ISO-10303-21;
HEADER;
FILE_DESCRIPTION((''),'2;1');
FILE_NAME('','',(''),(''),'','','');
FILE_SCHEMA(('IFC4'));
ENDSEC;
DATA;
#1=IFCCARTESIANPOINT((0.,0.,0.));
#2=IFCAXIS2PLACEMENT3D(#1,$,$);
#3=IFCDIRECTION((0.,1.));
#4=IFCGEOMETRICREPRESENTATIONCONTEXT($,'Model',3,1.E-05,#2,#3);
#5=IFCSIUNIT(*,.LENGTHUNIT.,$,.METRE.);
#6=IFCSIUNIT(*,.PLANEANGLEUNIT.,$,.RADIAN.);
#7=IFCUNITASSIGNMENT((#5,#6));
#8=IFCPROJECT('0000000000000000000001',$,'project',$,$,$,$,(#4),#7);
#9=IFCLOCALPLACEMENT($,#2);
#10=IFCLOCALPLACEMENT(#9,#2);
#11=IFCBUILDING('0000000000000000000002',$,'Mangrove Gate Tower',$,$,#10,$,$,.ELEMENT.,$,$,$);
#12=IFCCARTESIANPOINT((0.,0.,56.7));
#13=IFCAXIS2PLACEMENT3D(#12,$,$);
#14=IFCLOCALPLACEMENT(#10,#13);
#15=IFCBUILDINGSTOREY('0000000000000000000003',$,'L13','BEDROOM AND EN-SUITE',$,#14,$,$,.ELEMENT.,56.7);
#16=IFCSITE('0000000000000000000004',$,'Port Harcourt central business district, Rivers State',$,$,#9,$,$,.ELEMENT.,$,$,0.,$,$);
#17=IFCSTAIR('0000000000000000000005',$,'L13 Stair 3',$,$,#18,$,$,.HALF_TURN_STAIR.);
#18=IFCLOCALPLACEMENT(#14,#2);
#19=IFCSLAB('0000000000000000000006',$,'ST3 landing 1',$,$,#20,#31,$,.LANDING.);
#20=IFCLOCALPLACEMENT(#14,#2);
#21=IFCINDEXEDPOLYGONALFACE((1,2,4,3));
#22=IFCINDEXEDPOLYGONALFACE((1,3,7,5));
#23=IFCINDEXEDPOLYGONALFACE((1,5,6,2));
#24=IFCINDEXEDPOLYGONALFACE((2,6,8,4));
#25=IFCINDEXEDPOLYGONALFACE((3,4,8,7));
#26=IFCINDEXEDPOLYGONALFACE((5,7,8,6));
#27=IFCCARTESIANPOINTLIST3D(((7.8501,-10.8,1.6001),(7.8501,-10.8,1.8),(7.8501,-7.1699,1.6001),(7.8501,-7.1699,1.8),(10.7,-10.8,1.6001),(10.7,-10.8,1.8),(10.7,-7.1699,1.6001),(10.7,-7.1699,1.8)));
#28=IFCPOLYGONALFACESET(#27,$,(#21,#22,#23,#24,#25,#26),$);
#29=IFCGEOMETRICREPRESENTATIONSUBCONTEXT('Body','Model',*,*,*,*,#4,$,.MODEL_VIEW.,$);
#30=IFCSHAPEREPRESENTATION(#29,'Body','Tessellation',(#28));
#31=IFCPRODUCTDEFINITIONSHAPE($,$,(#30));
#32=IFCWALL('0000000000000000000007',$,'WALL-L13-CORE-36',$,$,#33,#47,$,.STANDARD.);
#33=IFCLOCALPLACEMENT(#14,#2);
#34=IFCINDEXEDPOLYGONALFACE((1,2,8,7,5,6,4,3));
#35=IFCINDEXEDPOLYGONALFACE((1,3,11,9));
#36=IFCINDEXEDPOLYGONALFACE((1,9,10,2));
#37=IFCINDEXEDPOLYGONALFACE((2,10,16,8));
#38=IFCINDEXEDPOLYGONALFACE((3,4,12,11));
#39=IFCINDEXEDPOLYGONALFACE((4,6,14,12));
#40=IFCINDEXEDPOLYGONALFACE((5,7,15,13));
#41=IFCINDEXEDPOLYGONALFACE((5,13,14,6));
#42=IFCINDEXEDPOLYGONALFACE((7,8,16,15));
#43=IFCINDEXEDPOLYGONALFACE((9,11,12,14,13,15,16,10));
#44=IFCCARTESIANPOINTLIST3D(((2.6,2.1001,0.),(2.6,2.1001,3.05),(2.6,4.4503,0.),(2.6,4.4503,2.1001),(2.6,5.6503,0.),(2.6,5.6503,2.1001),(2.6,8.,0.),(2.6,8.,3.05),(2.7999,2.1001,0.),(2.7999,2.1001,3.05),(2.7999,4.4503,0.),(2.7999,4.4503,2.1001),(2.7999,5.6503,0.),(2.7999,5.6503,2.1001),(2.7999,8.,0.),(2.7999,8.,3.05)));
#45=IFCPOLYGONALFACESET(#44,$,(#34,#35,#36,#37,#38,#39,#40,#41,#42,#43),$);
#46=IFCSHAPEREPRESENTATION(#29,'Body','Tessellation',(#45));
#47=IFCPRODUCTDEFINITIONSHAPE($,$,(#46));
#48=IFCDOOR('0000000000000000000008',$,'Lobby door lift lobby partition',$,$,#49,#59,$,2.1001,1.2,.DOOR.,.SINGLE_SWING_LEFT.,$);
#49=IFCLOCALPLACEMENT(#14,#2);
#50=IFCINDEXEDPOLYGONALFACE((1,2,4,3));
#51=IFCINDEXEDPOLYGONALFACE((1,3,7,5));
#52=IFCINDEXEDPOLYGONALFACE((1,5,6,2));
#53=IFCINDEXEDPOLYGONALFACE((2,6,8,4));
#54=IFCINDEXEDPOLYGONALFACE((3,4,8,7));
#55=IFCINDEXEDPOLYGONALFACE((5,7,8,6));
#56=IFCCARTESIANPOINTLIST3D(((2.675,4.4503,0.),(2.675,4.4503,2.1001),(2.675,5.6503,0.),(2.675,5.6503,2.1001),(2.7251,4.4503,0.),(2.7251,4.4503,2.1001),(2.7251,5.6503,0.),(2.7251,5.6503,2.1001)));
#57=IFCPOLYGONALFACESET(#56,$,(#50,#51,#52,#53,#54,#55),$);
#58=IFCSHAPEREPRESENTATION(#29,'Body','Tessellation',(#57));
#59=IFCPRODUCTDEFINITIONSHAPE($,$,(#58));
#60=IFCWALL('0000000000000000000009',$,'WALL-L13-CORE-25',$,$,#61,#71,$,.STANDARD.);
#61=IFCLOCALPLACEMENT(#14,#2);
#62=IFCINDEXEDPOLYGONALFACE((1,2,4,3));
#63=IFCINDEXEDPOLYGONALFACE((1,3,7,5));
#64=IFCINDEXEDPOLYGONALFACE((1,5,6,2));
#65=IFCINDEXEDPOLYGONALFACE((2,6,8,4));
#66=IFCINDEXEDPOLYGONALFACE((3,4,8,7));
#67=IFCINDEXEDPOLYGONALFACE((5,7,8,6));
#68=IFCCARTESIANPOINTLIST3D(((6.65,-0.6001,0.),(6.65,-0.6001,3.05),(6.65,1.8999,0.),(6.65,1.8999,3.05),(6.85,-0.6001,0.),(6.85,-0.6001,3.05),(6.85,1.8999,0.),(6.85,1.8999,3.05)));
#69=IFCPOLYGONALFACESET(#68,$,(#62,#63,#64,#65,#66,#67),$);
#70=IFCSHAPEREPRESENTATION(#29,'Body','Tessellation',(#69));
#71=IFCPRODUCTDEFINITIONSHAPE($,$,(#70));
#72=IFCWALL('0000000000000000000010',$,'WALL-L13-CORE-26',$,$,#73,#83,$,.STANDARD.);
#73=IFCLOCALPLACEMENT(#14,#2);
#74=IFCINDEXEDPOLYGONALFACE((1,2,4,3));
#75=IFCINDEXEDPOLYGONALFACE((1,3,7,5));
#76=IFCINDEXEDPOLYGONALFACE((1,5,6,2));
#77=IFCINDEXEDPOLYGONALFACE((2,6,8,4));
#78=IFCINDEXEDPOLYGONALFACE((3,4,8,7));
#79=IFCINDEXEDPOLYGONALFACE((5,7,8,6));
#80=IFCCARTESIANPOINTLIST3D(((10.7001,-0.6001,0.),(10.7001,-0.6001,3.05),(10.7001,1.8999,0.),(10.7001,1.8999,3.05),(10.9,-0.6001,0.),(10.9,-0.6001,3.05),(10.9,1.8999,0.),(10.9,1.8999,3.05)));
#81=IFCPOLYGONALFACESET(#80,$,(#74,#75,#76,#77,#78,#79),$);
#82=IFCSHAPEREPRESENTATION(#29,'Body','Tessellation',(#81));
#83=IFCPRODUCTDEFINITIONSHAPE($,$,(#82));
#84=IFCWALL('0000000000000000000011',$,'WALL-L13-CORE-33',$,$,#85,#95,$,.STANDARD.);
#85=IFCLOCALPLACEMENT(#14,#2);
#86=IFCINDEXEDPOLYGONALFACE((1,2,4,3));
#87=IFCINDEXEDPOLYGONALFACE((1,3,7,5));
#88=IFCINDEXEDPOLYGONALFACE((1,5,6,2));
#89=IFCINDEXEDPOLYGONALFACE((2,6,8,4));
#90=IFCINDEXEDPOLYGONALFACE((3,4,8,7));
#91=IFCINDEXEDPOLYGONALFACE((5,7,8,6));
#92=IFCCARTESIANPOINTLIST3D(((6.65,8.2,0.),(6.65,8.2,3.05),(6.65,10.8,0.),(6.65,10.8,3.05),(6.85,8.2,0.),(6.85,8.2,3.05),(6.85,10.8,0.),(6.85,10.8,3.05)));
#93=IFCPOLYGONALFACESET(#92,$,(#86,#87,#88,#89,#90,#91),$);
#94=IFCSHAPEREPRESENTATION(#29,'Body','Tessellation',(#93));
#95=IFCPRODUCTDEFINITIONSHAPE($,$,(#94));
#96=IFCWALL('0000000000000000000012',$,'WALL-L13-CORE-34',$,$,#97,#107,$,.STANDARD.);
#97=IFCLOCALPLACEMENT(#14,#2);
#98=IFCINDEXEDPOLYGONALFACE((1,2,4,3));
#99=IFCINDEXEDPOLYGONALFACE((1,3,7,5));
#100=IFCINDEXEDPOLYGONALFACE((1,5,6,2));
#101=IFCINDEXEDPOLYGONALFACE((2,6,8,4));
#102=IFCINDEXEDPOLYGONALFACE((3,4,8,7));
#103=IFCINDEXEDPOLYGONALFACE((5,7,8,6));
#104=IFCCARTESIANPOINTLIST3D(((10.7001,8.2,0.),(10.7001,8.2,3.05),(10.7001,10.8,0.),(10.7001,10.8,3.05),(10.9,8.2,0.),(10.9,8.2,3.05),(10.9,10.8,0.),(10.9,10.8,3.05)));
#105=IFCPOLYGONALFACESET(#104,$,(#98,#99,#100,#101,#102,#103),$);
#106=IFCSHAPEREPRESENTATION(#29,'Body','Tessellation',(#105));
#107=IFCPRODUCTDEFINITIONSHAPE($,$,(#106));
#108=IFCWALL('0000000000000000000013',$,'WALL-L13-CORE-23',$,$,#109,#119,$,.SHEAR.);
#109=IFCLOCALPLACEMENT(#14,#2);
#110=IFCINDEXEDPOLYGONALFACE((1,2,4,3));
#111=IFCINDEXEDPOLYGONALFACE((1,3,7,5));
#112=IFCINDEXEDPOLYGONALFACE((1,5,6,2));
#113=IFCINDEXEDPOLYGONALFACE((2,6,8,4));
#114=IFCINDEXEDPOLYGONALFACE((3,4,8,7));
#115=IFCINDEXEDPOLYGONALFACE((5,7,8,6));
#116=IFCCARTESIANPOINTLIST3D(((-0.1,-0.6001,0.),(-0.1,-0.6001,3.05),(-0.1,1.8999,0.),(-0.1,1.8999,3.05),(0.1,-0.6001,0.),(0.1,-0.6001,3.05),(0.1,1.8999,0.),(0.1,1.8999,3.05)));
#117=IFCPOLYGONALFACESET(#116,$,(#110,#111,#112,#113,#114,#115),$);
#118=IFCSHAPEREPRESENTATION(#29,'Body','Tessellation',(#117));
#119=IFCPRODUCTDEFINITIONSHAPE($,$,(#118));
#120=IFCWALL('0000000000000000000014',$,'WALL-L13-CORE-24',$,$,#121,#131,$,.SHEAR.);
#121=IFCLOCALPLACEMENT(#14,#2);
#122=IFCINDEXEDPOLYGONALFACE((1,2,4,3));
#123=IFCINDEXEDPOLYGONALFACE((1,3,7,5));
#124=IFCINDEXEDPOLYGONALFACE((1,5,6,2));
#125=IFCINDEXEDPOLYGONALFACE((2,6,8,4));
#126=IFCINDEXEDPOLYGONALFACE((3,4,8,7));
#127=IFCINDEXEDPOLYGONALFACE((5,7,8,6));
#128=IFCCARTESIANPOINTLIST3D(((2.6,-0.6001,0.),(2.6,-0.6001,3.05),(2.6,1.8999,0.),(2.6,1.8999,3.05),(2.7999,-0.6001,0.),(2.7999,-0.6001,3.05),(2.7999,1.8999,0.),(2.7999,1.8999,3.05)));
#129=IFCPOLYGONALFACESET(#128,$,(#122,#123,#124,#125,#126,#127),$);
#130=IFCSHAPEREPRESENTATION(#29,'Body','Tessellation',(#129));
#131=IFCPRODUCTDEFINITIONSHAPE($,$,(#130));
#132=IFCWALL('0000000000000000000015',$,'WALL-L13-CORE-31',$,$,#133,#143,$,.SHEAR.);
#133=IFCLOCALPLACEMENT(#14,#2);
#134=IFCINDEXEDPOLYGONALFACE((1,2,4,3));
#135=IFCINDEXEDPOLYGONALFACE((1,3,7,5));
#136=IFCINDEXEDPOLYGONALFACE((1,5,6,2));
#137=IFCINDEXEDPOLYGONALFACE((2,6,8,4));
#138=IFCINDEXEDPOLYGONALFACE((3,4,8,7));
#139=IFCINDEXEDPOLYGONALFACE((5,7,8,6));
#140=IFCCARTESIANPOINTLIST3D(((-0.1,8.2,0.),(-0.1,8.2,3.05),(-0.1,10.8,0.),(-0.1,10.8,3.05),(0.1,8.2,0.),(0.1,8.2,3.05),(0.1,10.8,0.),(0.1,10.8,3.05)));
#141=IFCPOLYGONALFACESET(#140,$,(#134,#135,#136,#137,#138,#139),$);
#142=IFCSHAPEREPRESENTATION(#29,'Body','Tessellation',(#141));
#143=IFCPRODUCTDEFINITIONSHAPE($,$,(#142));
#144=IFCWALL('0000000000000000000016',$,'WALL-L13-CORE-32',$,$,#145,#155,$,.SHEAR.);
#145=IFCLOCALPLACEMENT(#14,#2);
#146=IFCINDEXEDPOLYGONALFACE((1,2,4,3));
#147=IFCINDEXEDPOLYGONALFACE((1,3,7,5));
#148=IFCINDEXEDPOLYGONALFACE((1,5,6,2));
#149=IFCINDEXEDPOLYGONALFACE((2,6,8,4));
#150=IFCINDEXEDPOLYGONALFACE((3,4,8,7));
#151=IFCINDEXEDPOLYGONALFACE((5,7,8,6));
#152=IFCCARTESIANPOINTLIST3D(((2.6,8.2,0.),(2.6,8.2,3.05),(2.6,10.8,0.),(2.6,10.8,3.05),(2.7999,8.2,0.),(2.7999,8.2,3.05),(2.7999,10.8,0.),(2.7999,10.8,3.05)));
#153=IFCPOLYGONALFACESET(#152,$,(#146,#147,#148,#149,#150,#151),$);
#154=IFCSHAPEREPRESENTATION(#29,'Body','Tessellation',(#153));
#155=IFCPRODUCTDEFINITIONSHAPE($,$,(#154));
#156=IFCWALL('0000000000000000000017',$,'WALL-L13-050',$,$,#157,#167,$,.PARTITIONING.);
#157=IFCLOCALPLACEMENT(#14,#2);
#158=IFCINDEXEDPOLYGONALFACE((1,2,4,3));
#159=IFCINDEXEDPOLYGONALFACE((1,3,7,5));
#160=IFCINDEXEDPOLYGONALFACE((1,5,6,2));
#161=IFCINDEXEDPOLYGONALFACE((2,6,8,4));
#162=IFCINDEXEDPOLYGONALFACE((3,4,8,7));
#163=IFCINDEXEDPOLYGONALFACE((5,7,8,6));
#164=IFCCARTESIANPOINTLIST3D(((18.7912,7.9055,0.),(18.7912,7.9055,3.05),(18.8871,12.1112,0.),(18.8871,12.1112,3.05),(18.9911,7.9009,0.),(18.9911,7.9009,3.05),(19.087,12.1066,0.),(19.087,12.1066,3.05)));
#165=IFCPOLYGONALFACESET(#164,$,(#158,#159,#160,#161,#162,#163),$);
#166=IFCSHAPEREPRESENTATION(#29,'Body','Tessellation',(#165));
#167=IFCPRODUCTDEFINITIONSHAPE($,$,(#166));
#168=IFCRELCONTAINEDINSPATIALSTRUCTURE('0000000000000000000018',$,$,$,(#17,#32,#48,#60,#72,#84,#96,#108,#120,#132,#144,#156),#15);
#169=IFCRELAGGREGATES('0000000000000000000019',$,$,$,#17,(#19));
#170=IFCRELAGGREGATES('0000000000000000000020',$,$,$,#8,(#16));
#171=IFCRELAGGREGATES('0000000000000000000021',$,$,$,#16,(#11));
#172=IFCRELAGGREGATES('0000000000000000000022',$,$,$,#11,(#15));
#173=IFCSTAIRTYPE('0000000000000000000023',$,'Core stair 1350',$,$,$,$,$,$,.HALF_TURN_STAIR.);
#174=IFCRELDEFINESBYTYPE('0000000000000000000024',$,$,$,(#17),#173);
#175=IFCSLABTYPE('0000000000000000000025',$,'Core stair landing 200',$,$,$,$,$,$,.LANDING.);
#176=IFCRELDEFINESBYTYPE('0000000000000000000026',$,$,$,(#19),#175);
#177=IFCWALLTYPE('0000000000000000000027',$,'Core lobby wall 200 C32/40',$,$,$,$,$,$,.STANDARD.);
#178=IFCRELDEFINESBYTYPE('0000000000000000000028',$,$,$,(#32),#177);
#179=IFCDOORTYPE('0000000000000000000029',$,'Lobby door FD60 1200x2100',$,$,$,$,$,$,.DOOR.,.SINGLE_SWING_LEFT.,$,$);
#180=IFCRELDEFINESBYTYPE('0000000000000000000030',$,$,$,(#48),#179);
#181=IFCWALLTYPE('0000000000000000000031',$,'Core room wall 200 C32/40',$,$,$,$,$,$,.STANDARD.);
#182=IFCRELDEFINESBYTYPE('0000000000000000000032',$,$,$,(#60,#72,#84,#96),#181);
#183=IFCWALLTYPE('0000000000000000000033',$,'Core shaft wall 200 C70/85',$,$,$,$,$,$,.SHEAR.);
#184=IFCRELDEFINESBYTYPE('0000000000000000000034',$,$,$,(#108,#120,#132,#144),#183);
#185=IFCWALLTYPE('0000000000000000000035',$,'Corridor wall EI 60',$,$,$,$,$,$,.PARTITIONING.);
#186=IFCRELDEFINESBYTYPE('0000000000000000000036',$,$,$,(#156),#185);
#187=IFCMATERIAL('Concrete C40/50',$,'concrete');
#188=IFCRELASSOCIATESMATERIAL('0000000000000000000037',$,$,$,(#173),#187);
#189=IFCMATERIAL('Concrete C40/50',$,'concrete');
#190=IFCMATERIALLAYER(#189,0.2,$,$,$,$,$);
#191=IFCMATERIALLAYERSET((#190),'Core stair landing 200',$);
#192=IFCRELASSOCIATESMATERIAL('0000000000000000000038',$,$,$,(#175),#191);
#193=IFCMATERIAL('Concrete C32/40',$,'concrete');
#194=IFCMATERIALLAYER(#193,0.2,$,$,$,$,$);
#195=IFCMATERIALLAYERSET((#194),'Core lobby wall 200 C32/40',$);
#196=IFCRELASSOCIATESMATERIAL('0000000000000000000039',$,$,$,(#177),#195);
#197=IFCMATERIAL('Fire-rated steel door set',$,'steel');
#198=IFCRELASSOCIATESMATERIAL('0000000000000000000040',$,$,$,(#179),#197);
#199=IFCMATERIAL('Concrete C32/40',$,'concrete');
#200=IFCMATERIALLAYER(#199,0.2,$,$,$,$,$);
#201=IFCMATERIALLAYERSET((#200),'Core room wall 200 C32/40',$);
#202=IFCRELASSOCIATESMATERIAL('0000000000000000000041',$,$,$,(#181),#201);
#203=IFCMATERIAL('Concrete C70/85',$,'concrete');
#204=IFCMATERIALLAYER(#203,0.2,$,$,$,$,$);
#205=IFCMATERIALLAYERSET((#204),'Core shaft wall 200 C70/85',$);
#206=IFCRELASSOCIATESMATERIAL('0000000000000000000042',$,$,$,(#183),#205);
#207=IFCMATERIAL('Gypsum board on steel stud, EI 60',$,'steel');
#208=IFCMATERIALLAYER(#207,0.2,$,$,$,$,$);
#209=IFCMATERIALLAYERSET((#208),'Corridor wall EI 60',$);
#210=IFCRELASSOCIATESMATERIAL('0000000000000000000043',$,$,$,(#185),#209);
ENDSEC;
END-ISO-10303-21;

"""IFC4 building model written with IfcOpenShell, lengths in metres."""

from ifc_helpers import new_model, si_unit, direction, frame, frame_2d, origin, place, context, subcontext, project, spatial, polyline, rectangle, outline, extrude, material, layer, layer_set, type_object, element, fill, aggregate, save


model = new_model("IFC4")

# Units and contexts
model_context = context("Model", 3, precision=1e-05, world=origin(), true_north=direction((0.0, 1.0)))
body_context = subcontext(model_context, "Body", "Model", "MODEL_VIEW")
ifc_project = project(units=[si_unit("LENGTHUNIT", "METRE"), si_unit("PLANEANGLEUNIT", "RADIAN")], contexts=[model_context])

# Site, building, storey
site_placement = place(None, origin())
site = spatial("IfcSite", under=ifc_project, at=site_placement, Name="Port Harcourt central business district, Rivers State", CompositionType="ELEMENT", RefElevation=0.0)
building_placement = place(site_placement, origin())
building = spatial("IfcBuilding", under=site, at=building_placement, Name="Mangrove Gate Tower", CompositionType="ELEMENT")
storey_placement = place(building_placement, frame((0.0, 0.0, 56.7)))
storey = spatial("IfcBuildingStorey", under=building, at=storey_placement, Name="L13", Description="BEDROOM AND EN-SUITE", CompositionType="ELEMENT", Elevation=56.7)

# Stair, slab
ifc_material_1 = material(Name="Concrete C40/50", Category="concrete")
stair_type = type_object("IfcStairType", Name="Core stair 1350", PredefinedType="HALF_TURN_STAIR", material=ifc_material_1)
ifc_material_2 = material(Name="Concrete C40/50", Category="concrete")
ifc_layer_1 = layer(ifc_material_2, 0.2)
ifc_layer_set_1 = layer_set([ifc_layer_1], Name="Core stair landing 200")
slab_type_1 = type_object("IfcSlabType", Name="Core stair landing 200", PredefinedType="LANDING", material=ifc_layer_set_1)
stair_1_placement = place(storey_placement, origin())
stair_1 = element("IfcStair", 1, at=stair_1_placement, inside=storey, type_object=stair_type, Name="L13 Stair 3", PredefinedType="HALF_TURN_STAIR")
slab_1_placement = place(storey_placement, frame((0.0, 0.0, 1.6001)))
slab_1 = element("IfcSlab", 2, at=slab_1_placement, type_object=slab_type_1, Name="ST3 landing 1", PredefinedType="LANDING", context=body_context, shape_type="SweptSolid", body=[
    extrude(outline(polyline([(7.8501, -7.1699), (7.8501, -10.8), (10.7, -10.8), (10.7, -7.1699), (7.8501, -7.1699)])), origin(), (0.0, 0.0, 1.0), 0.2),
])
aggregate(stair_1, [slab_1])

# Wall, opening, door
ifc_material_3 = material(Name="Concrete C32/40", Category="concrete")
ifc_layer_2 = layer(ifc_material_3, 0.2)
ifc_layer_set_2 = layer_set([ifc_layer_2], Name="Core lobby wall 200 C32/40")
wall_type_1 = type_object("IfcWallType", Name="Core lobby wall 200 C32/40", PredefinedType="STANDARD", material=ifc_layer_set_2)
wall_1_placement = place(storey_placement, frame((2.7, 2.1001, 0.0), z_axis=(0.0, 0.0, 1.0), x_axis=(0.0, 1.0, 0.0)))
wall_1 = element("IfcWall", 3, at=wall_1_placement, inside=storey, type_object=wall_type_1, Name="WALL-L13-CORE-36", PredefinedType="STANDARD", context=body_context, shape_type="SweptSolid", body=[
    extrude(rectangle(XDim=5.8999, YDim=0.2, at=frame_2d((2.95, 0.0))), origin(), (0.0, 0.0, 1.0), 3.05),
])
opening_1_placement = place(wall_1_placement, frame((2.3501, 0.0, 0.0)))
opening_1 = element("IfcOpeningElement", 4, at=opening_1_placement, cuts=wall_1, PredefinedType="OPENING", context=body_context, shape_type="SweptSolid", body=[
    extrude(rectangle(XDim=1.2, YDim=2.1001, at=frame_2d((0.6001, 1.05))), frame((0.0, 0.1099, 0.0), z_axis=(0.0, -1.0, 0.0), x_axis=(1.0, 0.0, 0.0)), (0.0, 0.0, 1.0), 0.22),
])
ifc_material_4 = material(Name="Fire-rated steel door set", Category="steel")
door_type_1 = type_object("IfcDoorType", Name="Lobby door FD60 1200x2100", OperationType="SINGLE_SWING_LEFT", PredefinedType="DOOR", material=ifc_material_4)
door_1_placement = place(opening_1_placement, origin())
door_1 = element("IfcDoor", 5, at=door_1_placement, inside=storey, type_object=door_type_1, Name="Lobby door lift lobby partition", OperationType="SINGLE_SWING_LEFT", OverallHeight=2.1001, OverallWidth=1.2, PredefinedType="DOOR", context=body_context, shape_type="SweptSolid", body=[
    extrude(rectangle(XDim=1.2, YDim=2.1001, at=frame_2d((0.6001, 1.05))), frame((0.0, 0.0249, 0.0), z_axis=(0.0, -1.0, 0.0), x_axis=(1.0, 0.0, 0.0)), (0.0, 0.0, 1.0), 0.05),
])
fill(opening_1, door_1)

# Walls
ifc_material_5 = material(Name="Concrete C32/40", Category="concrete")
ifc_layer_3 = layer(ifc_material_5, 0.2)
ifc_layer_set_3 = layer_set([ifc_layer_3], Name="Core room wall 200 C32/40")
wall_type_2 = type_object("IfcWallType", Name="Core room wall 200 C32/40", PredefinedType="STANDARD", material=ifc_layer_set_3)
for number, where, z_axis, x_axis, name in (
    (6, (6.75, -0.6001, 0.0), (0.0, 0.0, 1.0), (0.0, 1.0, 0.0), "WALL-L13-CORE-25"),
    (7, (10.8, -0.6001, 0.0), (0.0, 0.0, 1.0), (0.0, 1.0, 0.0), "WALL-L13-CORE-26"),
):
    element("IfcWall", number, at=place(storey_placement, frame(where, z_axis=z_axis, x_axis=x_axis)), inside=storey, type_object=wall_type_2, Name=name, PredefinedType="STANDARD", context=body_context, shape_type="SweptSolid", body=[
        extrude(rectangle(XDim=2.5, YDim=0.2, at=frame_2d((1.25, 0.0))), origin(), (0.0, 0.0, 1.0), 3.05),
    ])
for number, where, z_axis, x_axis, name in (
    (8, (6.75, 8.2, 0.0), (0.0, 0.0, 1.0), (0.0, 1.0, 0.0), "WALL-L13-CORE-33"),
    (9, (10.8, 8.2, 0.0), (0.0, 0.0, 1.0), (0.0, 1.0, 0.0), "WALL-L13-CORE-34"),
):
    element("IfcWall", number, at=place(storey_placement, frame(where, z_axis=z_axis, x_axis=x_axis)), inside=storey, type_object=wall_type_2, Name=name, PredefinedType="STANDARD", context=body_context, shape_type="SweptSolid", body=[
        extrude(rectangle(XDim=2.6001, YDim=0.2, at=frame_2d((1.3, 0.0))), origin(), (0.0, 0.0, 1.0), 3.05),
    ])
ifc_material_6 = material(Name="Concrete C70/85", Category="concrete")
ifc_layer_4 = layer(ifc_material_6, 0.2)
ifc_layer_set_4 = layer_set([ifc_layer_4], Name="Core shaft wall 200 C70/85")
wall_type_3 = type_object("IfcWallType", Name="Core shaft wall 200 C70/85", PredefinedType="SHEAR", material=ifc_layer_set_4)
for number, where, z_axis, x_axis, name in (
    (10, (0.0, -0.6001, 0.0), (0.0, 0.0, 1.0), (0.0, 1.0, 0.0), "WALL-L13-CORE-23"),
    (11, (2.7, -0.6001, 0.0), (0.0, 0.0, 1.0), (0.0, 1.0, 0.0), "WALL-L13-CORE-24"),
):
    element("IfcWall", number, at=place(storey_placement, frame(where, z_axis=z_axis, x_axis=x_axis)), inside=storey, type_object=wall_type_3, Name=name, PredefinedType="SHEAR", context=body_context, shape_type="SweptSolid", body=[
        extrude(rectangle(XDim=2.5, YDim=0.2, at=frame_2d((1.25, 0.0))), origin(), (0.0, 0.0, 1.0), 3.05),
    ])
for number, where, z_axis, x_axis, name in (
    (12, (0.0, 8.2, 0.0), (0.0, 0.0, 1.0), (0.0, 1.0, 0.0), "WALL-L13-CORE-31"),
    (13, (2.7, 8.2, 0.0), (0.0, 0.0, 1.0), (0.0, 1.0, 0.0), "WALL-L13-CORE-32"),
):
    element("IfcWall", number, at=place(storey_placement, frame(where, z_axis=z_axis, x_axis=x_axis)), inside=storey, type_object=wall_type_3, Name=name, PredefinedType="SHEAR", context=body_context, shape_type="SweptSolid", body=[
        extrude(rectangle(XDim=2.6001, YDim=0.2, at=frame_2d((1.3, 0.0))), origin(), (0.0, 0.0, 1.0), 3.05),
    ])
ifc_material_7 = material(Name="Gypsum board on steel stud, EI 60", Category="steel")
ifc_layer_5 = layer(ifc_material_7, 0.2)
ifc_layer_set_5 = layer_set([ifc_layer_5], Name="Corridor wall EI 60")
wall_type_4 = type_object("IfcWallType", Name="Corridor wall EI 60", PredefinedType="PARTITIONING", material=ifc_layer_set_5)
wall_2_placement = place(storey_placement, frame((18.8911, 7.9031, 0.0), z_axis=(0.0, 0.0, 1.0), x_axis=(0.022807, 0.99974, 0.0)))
element("IfcWall", 14, at=wall_2_placement, inside=storey, type_object=wall_type_4, Name="WALL-L13-050", PredefinedType="PARTITIONING", context=body_context, shape_type="SweptSolid", body=[
    extrude(rectangle(XDim=4.2068, YDim=0.2, at=frame_2d((2.1035, 0.0))), origin(), (0.0, 0.0, 1.0), 3.05),
])

save(model, "model.ifc")
